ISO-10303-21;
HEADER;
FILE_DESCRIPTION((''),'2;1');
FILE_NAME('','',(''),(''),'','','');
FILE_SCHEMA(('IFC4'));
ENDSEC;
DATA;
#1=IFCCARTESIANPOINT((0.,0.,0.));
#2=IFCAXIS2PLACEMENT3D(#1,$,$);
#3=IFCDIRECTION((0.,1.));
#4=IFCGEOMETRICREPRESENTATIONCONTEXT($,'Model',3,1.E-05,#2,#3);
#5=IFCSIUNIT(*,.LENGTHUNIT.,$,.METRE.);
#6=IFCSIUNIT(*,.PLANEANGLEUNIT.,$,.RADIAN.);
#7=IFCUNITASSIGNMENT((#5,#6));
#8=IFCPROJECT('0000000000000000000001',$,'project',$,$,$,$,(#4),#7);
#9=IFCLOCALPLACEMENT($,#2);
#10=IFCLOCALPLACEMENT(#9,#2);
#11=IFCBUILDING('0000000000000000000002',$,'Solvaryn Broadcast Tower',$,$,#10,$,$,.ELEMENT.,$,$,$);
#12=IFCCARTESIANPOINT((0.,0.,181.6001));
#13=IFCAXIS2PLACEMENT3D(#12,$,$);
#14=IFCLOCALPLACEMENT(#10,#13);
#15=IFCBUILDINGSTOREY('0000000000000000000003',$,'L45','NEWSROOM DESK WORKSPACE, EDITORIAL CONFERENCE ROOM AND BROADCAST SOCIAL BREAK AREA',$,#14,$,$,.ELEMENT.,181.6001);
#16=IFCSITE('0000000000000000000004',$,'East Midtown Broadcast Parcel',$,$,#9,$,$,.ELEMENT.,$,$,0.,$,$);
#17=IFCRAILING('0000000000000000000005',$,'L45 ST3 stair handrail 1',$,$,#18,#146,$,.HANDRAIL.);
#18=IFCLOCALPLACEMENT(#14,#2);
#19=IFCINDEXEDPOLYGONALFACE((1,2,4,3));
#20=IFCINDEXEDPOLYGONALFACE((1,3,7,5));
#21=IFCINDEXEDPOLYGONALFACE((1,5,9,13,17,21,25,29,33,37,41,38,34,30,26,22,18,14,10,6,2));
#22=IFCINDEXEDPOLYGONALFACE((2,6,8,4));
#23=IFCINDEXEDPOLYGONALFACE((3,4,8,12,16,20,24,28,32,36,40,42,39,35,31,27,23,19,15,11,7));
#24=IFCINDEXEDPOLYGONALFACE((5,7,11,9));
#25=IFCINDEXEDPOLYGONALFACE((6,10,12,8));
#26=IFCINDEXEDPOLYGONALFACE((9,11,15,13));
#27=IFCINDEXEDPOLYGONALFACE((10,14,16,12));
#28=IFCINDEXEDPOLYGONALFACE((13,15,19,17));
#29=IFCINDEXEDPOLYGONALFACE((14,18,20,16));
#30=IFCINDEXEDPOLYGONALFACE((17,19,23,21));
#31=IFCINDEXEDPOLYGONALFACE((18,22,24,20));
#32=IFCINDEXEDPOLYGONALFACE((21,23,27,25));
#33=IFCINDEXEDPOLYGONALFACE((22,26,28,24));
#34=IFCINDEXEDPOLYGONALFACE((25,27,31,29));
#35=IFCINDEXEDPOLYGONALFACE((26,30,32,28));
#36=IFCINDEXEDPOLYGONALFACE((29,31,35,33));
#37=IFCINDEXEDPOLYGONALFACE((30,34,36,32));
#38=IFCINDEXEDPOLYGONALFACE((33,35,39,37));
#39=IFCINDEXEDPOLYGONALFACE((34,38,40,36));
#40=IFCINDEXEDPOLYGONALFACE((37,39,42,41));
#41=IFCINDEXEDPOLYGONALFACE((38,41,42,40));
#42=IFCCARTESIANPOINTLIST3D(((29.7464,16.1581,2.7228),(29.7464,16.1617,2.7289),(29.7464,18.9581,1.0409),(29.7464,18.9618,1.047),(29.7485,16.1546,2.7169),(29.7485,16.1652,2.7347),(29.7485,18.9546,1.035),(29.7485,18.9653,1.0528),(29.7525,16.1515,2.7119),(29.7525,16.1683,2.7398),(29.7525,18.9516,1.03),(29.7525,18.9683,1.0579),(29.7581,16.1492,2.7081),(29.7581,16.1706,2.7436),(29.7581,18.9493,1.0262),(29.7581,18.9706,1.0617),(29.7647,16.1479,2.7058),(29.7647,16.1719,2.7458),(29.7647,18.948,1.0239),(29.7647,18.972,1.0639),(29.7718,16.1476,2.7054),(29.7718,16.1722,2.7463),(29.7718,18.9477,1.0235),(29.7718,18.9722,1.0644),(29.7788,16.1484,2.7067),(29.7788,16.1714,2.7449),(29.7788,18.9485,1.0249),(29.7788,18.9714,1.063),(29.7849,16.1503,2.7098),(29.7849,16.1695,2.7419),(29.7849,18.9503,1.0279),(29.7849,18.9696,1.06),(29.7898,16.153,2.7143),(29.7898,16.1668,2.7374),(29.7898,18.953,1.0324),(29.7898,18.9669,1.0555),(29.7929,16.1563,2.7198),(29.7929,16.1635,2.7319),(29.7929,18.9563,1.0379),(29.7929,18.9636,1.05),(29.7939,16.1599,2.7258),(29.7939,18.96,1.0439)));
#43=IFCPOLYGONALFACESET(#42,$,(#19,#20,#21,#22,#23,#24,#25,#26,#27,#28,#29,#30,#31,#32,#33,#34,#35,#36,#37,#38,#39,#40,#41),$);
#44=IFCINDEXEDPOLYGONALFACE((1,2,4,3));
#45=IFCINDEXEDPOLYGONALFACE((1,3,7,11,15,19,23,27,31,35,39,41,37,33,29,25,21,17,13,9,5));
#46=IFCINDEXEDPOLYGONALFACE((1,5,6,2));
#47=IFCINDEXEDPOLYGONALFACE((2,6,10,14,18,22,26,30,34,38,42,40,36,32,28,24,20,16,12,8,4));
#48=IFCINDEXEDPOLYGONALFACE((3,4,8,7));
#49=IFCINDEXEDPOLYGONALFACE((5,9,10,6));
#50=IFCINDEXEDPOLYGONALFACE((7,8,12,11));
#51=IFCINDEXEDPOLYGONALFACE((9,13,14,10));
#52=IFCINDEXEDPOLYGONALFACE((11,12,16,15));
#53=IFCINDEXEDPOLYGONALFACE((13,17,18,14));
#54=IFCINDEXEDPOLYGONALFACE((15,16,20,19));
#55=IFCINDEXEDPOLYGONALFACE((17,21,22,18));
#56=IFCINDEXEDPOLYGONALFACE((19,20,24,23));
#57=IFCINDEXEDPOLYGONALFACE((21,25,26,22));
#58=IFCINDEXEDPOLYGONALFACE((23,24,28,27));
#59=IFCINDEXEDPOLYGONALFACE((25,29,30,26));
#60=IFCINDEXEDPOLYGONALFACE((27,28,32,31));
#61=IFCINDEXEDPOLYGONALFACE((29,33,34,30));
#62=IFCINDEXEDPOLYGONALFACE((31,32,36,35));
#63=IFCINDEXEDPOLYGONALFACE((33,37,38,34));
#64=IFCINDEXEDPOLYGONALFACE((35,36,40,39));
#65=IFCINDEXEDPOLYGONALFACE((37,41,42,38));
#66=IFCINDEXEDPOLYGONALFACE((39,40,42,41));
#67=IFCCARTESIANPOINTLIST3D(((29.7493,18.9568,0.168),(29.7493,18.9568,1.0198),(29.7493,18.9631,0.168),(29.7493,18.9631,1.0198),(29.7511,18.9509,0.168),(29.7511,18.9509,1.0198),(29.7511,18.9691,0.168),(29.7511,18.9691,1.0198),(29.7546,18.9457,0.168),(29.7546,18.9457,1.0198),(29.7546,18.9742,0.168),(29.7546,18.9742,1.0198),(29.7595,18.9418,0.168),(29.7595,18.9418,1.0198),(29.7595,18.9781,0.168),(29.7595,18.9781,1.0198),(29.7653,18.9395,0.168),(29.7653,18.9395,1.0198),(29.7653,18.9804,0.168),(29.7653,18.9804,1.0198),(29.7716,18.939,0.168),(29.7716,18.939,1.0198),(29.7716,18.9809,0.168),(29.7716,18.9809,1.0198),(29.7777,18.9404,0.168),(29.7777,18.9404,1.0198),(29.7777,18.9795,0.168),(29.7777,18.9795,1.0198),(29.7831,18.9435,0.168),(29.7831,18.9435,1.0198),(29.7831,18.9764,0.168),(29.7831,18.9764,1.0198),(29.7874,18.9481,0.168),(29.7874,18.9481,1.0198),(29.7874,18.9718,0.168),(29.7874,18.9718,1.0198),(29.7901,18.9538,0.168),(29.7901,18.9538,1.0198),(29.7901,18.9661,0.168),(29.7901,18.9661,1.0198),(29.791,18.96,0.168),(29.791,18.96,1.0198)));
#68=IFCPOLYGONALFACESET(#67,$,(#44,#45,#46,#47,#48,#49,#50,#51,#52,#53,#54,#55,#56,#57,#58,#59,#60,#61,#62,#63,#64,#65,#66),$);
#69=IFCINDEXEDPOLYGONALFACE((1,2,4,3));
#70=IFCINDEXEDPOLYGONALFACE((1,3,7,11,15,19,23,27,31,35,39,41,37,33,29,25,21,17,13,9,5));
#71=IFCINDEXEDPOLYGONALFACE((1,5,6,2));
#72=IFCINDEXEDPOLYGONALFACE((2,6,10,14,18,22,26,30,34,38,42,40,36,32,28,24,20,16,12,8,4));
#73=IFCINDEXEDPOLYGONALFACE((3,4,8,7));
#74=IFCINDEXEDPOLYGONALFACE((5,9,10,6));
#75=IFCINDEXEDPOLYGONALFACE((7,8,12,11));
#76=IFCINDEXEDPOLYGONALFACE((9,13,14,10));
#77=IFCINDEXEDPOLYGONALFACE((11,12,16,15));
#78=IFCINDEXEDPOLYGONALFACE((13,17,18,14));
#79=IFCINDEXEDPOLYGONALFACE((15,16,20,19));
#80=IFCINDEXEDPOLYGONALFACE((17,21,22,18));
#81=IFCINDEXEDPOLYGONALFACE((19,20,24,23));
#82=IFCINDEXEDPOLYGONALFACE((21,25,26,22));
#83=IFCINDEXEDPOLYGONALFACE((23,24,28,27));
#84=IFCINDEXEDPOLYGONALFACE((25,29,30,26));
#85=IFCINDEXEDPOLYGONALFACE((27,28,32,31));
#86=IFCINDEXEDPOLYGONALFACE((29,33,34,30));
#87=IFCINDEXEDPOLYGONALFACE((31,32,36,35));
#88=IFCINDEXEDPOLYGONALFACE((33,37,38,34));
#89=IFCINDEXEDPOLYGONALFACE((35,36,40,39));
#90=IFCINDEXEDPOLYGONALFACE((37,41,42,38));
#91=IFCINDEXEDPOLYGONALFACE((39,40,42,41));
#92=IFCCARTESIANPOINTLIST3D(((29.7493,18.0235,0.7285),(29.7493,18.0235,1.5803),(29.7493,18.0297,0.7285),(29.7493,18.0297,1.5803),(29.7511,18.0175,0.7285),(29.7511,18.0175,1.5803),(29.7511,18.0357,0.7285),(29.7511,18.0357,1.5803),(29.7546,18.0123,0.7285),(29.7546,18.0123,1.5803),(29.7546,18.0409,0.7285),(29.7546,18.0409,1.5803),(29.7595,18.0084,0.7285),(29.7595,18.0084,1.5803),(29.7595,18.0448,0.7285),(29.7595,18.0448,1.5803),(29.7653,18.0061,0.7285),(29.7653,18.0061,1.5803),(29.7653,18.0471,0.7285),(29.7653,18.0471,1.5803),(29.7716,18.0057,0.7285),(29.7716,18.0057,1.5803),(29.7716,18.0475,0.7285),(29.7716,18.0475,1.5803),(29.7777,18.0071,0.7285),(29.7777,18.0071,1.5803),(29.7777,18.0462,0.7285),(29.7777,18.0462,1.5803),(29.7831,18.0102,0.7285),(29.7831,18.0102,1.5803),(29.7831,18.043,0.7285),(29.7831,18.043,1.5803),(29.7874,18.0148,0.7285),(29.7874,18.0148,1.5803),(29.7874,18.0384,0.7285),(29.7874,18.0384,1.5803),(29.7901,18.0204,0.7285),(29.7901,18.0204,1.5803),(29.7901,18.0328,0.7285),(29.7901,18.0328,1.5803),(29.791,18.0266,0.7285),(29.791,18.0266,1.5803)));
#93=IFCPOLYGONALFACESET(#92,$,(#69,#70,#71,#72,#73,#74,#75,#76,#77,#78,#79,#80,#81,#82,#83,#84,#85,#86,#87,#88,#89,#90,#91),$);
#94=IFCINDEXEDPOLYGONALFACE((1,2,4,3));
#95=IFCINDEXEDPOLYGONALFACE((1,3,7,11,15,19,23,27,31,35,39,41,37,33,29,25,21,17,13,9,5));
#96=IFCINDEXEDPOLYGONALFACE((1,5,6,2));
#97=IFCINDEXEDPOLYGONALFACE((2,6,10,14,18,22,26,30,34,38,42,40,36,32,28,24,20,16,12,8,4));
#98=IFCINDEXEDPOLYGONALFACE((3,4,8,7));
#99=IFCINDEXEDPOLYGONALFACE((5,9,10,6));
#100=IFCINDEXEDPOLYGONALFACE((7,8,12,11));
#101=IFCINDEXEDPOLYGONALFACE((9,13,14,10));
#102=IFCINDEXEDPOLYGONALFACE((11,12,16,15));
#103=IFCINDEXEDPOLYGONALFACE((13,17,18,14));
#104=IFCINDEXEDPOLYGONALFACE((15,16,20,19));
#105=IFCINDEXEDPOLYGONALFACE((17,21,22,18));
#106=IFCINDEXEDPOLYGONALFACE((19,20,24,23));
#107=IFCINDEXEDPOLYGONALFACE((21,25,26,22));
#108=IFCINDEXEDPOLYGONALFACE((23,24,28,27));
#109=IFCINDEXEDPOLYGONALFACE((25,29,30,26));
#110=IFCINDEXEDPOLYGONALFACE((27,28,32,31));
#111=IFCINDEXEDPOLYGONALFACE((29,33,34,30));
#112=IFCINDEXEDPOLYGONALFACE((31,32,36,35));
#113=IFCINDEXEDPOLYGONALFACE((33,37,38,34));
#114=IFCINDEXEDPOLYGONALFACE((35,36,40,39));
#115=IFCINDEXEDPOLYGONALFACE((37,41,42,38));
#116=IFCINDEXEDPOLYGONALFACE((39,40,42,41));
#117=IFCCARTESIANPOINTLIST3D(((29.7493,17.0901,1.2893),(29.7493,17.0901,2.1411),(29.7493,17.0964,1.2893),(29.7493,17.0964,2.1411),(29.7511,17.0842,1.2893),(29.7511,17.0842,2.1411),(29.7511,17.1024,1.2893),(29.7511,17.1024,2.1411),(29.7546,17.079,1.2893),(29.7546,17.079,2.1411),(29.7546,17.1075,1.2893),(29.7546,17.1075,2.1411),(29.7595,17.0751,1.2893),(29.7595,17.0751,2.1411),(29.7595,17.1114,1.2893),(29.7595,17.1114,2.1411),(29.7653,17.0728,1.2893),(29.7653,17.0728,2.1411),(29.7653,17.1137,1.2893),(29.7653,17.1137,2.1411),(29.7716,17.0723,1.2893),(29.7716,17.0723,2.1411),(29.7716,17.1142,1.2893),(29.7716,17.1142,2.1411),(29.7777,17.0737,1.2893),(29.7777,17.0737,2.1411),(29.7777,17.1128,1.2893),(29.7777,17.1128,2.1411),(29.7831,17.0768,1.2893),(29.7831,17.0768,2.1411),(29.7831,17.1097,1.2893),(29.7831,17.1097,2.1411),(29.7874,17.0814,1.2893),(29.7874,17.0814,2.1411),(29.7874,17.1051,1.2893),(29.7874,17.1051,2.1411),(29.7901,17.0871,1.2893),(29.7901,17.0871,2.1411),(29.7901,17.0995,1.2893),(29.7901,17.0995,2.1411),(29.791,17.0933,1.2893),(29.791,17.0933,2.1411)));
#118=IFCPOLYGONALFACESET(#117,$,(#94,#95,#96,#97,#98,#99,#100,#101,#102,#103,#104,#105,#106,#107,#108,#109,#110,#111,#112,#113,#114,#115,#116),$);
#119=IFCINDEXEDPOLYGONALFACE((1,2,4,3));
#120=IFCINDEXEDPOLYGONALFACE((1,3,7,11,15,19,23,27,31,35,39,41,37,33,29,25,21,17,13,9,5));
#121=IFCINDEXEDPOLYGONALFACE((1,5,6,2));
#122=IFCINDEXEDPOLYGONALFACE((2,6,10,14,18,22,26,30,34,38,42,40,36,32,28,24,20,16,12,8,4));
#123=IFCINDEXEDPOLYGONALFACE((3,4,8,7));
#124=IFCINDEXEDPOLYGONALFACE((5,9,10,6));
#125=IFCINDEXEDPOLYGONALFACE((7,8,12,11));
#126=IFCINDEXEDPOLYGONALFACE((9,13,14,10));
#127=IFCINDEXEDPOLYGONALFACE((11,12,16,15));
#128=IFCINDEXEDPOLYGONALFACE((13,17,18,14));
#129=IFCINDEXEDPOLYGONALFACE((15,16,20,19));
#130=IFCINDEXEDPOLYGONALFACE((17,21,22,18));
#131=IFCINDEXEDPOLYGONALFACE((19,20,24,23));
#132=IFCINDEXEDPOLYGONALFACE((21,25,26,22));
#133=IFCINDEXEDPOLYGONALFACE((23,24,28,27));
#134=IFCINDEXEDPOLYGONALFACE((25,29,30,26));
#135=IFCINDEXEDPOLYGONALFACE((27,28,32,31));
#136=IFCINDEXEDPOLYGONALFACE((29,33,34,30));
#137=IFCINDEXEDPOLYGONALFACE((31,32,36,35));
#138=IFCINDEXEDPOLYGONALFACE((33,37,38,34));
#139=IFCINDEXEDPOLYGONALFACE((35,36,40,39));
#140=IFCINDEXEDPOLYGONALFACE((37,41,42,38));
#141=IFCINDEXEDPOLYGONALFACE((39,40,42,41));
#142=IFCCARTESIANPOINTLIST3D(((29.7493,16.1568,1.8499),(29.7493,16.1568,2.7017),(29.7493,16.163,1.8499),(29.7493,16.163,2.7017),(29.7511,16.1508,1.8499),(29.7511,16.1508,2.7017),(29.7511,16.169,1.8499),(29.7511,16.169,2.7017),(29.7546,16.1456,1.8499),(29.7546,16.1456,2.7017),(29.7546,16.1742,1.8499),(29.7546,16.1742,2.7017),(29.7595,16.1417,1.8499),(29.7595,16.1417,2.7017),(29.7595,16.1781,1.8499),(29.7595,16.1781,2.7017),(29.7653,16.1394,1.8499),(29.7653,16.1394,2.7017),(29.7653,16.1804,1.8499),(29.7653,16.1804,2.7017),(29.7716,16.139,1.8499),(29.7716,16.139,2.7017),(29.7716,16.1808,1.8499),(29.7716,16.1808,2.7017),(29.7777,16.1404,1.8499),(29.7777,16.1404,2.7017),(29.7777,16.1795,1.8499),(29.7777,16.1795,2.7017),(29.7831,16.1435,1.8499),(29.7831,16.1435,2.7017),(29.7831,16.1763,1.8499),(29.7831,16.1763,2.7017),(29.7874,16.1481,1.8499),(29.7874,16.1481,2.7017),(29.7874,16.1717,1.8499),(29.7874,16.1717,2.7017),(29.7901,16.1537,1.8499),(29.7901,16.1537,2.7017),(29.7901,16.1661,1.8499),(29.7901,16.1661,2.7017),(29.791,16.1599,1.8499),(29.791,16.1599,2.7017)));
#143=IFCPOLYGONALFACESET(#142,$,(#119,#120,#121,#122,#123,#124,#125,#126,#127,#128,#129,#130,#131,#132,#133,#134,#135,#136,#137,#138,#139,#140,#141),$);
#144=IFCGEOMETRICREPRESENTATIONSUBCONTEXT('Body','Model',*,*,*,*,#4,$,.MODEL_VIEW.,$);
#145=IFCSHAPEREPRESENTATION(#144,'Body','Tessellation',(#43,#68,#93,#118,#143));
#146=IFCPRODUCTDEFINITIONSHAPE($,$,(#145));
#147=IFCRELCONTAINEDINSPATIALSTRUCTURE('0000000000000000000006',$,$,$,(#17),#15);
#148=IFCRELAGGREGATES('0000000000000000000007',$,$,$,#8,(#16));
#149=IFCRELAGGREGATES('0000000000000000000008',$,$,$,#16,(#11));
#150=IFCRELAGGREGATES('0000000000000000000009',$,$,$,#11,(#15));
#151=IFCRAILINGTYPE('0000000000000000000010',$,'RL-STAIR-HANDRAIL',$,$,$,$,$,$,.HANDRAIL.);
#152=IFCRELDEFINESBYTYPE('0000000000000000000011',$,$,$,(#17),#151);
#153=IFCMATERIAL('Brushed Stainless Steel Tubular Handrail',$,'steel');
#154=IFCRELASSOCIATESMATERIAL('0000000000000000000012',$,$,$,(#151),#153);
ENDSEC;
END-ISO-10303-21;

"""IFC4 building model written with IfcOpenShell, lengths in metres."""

from ifc_helpers import new_model, si_unit, direction, frame, origin, origin_2d, place, context, subcontext, project, spatial, circle, extrude, material, type_object, element, save


model = new_model("IFC4")

# Units and contexts
model_context = context("Model", 3, precision=1e-05, world=origin(), true_north=direction((0.0, 1.0)))
body_context = subcontext(model_context, "Body", "Model", "MODEL_VIEW")
ifc_project = project(units=[si_unit("LENGTHUNIT", "METRE"), si_unit("PLANEANGLEUNIT", "RADIAN")], contexts=[model_context])

# Site, building, storey
site_placement = place(None, origin())
site = spatial("IfcSite", under=ifc_project, at=site_placement, Name="East Midtown Broadcast Parcel", CompositionType="ELEMENT", RefElevation=0.0)
building_placement = place(site_placement, origin())
building = spatial("IfcBuilding", under=site, at=building_placement, Name="Solvaryn Broadcast Tower", CompositionType="ELEMENT")
storey_placement = place(building_placement, frame((0.0, 0.0, 181.6001)))
storey = spatial("IfcBuildingStorey", under=building, at=storey_placement, Name="L45", Description="NEWSROOM DESK WORKSPACE, EDITORIAL CONFERENCE ROOM AND BROADCAST SOCIAL BREAK AREA", CompositionType="ELEMENT", Elevation=181.6001)

# Railing
ifc_material_1 = material(Name="Brushed Stainless Steel Tubular Handrail", Category="steel")
railing_type_1 = type_object("IfcRailingType", Name="RL-STAIR-HANDRAIL", PredefinedType="HANDRAIL", material=ifc_material_1)
railing_1_placement = place(storey_placement, frame((29.77, 18.96, 0.168)))
element("IfcRailing", 1, at=railing_1_placement, inside=storey, type_object=railing_type_1, Name="L45 ST3 stair handrail 1", PredefinedType="HANDRAIL", context=body_context, shape_type="SweptSolid", body=[
    extrude(circle(Radius=0.0239, at=origin_2d()), frame((0.0, 0.0, 0.876), z_axis=(0.0, -0.857242, 0.514913), x_axis=(1.0, 0.0, 0.0)), (0.0, 0.0, 1.0), 3.2664),
    extrude(circle(Radius=0.021, at=origin_2d()), origin(), (0.0, 0.0, 1.0), 0.8518),
    extrude(circle(Radius=0.021, at=origin_2d()), frame((0.0, -0.9333, 0.5605)), (0.0, 0.0, 1.0), 0.8518),
    extrude(circle(Radius=0.021, at=origin_2d()), frame((0.0, -1.8667, 1.1213)), (0.0, 0.0, 1.0), 0.8518),
    extrude(circle(Radius=0.021, at=origin_2d()), frame((0.0, -2.8, 1.6819)), (0.0, 0.0, 1.0), 0.8518),
])

save(model, "model.ifc")
